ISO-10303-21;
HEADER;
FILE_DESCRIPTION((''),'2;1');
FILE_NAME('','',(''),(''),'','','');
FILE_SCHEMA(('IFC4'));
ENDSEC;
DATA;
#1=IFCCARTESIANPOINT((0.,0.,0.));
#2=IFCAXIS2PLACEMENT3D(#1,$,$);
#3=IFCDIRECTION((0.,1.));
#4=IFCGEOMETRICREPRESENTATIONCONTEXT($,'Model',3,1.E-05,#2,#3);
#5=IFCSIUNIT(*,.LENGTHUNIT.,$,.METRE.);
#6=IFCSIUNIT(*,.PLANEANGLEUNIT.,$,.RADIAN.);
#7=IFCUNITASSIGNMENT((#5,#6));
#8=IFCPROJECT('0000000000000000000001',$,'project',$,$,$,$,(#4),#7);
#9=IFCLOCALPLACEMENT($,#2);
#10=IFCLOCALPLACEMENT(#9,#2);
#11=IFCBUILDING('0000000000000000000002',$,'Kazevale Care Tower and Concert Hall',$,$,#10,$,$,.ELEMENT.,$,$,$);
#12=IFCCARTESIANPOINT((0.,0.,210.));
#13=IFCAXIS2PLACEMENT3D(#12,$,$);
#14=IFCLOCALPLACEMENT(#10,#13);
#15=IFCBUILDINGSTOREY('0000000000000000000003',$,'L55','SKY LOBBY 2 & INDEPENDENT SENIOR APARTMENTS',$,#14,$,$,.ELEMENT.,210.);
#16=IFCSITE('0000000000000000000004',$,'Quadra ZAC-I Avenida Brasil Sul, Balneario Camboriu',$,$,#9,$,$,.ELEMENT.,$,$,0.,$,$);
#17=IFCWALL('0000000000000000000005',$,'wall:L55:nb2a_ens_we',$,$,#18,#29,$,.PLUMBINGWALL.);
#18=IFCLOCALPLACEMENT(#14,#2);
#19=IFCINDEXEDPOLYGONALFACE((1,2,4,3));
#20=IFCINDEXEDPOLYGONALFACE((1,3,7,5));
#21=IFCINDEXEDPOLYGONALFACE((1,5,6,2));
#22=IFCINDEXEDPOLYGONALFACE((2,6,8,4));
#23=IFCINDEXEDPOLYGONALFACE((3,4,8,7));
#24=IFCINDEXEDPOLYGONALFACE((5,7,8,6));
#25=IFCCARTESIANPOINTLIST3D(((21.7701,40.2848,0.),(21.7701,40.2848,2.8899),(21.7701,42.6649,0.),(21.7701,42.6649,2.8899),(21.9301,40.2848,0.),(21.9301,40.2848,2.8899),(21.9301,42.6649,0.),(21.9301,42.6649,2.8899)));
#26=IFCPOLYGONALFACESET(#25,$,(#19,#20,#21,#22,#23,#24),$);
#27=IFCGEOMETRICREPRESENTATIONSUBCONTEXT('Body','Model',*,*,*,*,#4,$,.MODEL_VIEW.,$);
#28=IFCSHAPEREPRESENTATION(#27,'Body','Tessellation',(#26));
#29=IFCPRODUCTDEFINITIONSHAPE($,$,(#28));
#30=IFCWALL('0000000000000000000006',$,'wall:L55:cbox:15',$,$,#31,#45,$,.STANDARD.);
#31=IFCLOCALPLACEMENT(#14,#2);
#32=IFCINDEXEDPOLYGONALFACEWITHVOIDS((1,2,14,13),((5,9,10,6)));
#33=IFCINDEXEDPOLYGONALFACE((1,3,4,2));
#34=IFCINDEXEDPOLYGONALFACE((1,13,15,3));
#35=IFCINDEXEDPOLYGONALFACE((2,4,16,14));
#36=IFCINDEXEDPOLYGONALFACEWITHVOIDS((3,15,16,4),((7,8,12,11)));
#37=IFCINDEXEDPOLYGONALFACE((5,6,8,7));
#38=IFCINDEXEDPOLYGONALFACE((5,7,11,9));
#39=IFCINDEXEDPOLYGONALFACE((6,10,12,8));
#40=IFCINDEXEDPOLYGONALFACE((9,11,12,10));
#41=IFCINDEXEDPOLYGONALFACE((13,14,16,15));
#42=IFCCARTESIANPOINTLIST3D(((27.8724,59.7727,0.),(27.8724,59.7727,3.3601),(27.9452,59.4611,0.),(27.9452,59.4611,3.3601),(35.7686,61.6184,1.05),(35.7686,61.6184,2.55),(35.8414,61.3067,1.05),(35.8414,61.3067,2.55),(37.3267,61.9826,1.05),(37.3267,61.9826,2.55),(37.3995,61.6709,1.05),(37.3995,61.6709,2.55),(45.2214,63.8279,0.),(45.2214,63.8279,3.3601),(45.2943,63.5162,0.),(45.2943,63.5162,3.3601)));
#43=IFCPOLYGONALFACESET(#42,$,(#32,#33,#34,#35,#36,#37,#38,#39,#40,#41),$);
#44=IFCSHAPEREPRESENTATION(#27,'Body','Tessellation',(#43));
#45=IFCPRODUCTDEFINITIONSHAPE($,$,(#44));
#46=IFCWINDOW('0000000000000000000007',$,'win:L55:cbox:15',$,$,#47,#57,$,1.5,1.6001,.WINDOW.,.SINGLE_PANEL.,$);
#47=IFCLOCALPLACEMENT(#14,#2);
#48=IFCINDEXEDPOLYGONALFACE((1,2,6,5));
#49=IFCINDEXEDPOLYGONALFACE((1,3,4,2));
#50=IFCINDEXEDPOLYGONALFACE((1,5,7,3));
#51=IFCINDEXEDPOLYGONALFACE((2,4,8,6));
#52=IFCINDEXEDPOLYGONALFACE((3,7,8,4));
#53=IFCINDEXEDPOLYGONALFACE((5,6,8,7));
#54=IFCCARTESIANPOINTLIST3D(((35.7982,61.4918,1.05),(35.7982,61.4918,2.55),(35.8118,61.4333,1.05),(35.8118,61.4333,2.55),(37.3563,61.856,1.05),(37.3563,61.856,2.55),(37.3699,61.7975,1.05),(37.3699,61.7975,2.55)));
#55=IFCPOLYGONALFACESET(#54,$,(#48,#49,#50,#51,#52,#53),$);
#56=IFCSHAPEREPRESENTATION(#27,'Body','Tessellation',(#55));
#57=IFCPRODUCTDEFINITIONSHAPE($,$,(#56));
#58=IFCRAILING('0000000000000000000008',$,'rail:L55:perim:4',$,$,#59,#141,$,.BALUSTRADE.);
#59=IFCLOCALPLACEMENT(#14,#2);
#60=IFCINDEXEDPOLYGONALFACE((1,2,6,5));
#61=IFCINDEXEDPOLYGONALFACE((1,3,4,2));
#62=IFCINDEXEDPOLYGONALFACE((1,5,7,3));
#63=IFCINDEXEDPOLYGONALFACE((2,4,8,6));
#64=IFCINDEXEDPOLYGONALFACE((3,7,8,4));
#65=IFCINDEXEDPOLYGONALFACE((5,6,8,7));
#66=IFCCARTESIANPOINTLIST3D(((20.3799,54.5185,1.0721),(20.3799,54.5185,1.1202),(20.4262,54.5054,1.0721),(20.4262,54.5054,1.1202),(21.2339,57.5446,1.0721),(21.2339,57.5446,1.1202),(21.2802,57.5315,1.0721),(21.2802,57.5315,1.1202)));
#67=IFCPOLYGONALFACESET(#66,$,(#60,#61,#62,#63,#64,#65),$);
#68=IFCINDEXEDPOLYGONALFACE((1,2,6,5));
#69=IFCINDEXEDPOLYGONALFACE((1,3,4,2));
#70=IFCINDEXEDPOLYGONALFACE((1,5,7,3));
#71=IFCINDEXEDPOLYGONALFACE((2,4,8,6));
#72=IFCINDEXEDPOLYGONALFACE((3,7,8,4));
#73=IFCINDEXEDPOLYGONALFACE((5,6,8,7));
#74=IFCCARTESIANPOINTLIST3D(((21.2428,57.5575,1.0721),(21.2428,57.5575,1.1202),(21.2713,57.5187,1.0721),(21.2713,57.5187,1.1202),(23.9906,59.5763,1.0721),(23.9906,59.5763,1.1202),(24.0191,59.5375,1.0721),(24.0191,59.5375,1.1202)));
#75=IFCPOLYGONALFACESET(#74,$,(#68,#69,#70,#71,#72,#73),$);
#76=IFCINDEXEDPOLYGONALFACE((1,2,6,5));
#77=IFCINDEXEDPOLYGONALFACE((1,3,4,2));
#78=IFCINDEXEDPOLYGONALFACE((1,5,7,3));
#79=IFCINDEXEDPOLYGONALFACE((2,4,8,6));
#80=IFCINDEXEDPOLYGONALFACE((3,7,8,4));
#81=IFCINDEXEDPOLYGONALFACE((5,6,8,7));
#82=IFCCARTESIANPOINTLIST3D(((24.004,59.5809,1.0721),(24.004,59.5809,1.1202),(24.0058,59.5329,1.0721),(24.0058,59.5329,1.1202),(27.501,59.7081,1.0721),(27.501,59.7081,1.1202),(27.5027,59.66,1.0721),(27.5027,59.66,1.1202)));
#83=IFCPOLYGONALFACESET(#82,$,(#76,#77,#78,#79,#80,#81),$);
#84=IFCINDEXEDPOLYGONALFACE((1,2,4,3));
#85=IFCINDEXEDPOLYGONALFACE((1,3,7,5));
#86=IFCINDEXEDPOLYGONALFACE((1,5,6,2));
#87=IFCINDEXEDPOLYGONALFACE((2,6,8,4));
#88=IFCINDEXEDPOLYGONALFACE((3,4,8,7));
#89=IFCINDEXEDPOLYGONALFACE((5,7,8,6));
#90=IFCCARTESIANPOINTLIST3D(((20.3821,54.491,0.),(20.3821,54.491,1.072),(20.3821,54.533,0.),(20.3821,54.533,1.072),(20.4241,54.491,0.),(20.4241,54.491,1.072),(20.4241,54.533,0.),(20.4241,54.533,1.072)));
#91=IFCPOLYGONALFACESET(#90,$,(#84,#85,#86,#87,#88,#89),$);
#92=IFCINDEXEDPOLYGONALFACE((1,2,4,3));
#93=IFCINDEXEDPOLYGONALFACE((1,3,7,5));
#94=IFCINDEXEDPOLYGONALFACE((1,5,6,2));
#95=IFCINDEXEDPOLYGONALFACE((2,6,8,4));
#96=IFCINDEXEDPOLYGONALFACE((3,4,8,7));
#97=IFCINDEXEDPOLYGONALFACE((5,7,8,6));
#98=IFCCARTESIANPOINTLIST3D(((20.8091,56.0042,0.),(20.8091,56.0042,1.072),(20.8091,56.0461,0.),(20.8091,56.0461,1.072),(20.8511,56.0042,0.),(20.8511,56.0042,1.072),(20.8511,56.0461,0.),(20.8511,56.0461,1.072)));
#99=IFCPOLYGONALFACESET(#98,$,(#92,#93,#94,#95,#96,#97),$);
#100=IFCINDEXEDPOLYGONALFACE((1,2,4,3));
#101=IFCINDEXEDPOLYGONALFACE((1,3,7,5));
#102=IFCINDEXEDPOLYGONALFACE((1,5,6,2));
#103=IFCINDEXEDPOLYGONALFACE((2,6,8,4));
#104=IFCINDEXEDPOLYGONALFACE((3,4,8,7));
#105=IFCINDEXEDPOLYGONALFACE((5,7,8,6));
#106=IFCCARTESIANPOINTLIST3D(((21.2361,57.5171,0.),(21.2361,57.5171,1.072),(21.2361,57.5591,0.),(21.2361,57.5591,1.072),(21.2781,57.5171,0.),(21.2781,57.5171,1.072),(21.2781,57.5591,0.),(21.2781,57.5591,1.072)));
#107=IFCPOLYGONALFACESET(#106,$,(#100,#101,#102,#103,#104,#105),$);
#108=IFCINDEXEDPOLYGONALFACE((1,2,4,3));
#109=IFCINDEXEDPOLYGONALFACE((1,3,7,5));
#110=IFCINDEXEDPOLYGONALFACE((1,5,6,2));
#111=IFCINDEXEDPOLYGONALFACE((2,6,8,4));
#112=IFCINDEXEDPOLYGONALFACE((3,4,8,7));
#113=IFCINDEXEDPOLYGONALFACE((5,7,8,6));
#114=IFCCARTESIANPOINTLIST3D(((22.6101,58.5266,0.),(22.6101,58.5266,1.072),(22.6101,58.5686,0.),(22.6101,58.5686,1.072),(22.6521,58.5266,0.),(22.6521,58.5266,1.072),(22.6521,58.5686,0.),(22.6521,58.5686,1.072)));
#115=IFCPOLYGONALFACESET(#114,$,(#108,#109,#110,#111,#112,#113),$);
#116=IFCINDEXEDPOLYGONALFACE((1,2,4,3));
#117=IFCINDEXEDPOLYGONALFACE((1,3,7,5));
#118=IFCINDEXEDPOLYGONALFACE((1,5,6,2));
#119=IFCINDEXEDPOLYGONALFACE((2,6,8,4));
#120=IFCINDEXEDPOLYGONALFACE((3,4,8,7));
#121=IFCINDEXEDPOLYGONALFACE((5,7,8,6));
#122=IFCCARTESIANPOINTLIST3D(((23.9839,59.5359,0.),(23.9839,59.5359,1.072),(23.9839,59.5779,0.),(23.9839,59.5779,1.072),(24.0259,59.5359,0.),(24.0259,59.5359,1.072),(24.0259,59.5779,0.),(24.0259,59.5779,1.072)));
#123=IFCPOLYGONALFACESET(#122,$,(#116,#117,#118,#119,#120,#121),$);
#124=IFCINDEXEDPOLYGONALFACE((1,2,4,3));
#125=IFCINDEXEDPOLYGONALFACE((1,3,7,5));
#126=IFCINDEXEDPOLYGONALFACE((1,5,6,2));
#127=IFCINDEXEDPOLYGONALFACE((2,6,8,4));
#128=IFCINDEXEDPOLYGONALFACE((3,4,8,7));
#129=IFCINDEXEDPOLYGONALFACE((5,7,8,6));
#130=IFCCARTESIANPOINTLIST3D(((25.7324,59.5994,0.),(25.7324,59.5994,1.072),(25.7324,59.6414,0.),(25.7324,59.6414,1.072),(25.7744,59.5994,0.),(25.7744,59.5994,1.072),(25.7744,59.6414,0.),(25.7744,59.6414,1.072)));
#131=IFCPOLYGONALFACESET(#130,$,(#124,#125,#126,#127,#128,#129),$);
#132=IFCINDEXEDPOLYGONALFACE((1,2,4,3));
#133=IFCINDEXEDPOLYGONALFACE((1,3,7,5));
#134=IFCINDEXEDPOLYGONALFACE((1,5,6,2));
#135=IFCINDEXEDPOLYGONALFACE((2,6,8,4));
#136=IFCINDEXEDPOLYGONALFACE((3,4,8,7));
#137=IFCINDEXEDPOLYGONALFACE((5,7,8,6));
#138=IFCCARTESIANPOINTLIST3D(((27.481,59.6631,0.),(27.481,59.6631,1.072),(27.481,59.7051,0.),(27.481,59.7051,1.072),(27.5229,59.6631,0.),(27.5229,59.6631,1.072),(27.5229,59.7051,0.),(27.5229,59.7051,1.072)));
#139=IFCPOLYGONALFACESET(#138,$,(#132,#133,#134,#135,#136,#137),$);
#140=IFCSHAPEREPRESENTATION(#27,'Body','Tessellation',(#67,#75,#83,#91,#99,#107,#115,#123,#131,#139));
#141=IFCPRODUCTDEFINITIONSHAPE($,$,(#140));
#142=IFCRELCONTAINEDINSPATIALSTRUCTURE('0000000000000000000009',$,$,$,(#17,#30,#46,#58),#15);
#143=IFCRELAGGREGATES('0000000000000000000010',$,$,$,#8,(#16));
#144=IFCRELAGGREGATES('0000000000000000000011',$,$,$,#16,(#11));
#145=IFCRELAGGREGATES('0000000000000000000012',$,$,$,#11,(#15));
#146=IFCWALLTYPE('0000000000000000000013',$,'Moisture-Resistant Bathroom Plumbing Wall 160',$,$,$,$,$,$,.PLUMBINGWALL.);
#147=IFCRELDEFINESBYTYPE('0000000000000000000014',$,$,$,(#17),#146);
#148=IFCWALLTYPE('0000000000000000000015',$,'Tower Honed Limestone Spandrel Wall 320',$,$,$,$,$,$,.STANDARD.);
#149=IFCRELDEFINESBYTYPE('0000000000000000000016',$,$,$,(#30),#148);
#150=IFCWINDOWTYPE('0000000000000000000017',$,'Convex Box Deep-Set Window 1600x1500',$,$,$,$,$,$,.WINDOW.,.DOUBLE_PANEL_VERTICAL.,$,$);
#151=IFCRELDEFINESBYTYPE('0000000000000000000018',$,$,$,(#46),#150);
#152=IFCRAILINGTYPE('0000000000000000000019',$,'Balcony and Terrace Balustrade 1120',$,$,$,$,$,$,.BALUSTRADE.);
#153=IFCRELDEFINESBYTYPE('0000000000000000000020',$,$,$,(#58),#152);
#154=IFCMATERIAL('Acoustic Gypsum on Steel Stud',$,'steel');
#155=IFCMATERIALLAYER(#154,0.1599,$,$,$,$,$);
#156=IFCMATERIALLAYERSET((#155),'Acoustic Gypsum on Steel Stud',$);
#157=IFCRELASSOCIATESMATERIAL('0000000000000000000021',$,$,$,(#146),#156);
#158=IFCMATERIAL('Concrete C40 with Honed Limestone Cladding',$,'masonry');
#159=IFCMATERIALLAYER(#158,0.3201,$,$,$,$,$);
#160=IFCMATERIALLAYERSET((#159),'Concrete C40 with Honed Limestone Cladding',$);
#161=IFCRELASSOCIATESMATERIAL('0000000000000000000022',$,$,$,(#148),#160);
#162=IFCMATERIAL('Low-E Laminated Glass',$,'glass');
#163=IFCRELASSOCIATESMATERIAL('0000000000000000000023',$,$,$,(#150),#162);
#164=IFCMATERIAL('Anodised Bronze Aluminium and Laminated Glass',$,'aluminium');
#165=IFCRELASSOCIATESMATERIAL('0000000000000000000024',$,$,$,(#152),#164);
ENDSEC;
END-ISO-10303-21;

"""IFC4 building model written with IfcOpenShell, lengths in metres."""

from ifc_helpers import new_model, si_unit, direction, frame, frame_2d, origin, origin_2d, place, context, subcontext, project, spatial, rectangle, extrude, material, layer, layer_set, type_object, element, fill, save


model = new_model("IFC4")

# Units and contexts
model_context = context("Model", 3, precision=1e-05, world=origin(), true_north=direction((0.0, 1.0)))
body_context = subcontext(model_context, "Body", "Model", "MODEL_VIEW")
ifc_project = project(units=[si_unit("LENGTHUNIT", "METRE"), si_unit("PLANEANGLEUNIT", "RADIAN")], contexts=[model_context])

# Site, building, storey
site_placement = place(None, origin())
site = spatial("IfcSite", under=ifc_project, at=site_placement, Name="Quadra ZAC-I Avenida Brasil Sul, Balneario Camboriu", CompositionType="ELEMENT", RefElevation=0.0)
building_placement = place(site_placement, origin())
building = spatial("IfcBuilding", under=site, at=building_placement, Name="Kazevale Care Tower and Concert Hall", CompositionType="ELEMENT")
storey_placement = place(building_placement, frame((0.0, 0.0, 210.0)))
storey = spatial("IfcBuildingStorey", under=building, at=storey_placement, Name="L55", Description="SKY LOBBY 2 & INDEPENDENT SENIOR APARTMENTS", CompositionType="ELEMENT", Elevation=210.0)

# Shared definitions
ifc_material_1 = material(Name="Low-E Laminated Glass", Category="glass")

# Shared definitions
ifc_material_2 = material(Name="Acoustic Gypsum on Steel Stud", Category="steel")

# Wall
ifc_layer_1 = layer(ifc_material_2, 0.1599)
ifc_layer_set_1 = layer_set([ifc_layer_1], Name="Acoustic Gypsum on Steel Stud")
wall_type_1 = type_object("IfcWallType", Name="Moisture-Resistant Bathroom Plumbing Wall 160", PredefinedType="PLUMBINGWALL", material=ifc_layer_set_1)
wall_1_placement = place(storey_placement, frame((21.8501, 40.2849, 0.0), z_axis=(0.0, 0.0, 1.0), x_axis=(0.0, 1.0, 0.0)))
element("IfcWall", 1, at=wall_1_placement, inside=storey, type_object=wall_type_1, Name="wall:L55:nb2a_ens_we", PredefinedType="PLUMBINGWALL", context=body_context, shape_type="SweptSolid", body=[
    extrude(rectangle(XDim=2.3801, YDim=0.1599, at=frame_2d((1.1899, 0.0))), origin(), (0.0, 0.0, 1.0), 2.8899),
])

# Wall, opening, window
ifc_material_3 = material(Name="Concrete C40 with Honed Limestone Cladding", Category="masonry")
ifc_layer_2 = layer(ifc_material_3, 0.3201)
ifc_layer_set_2 = layer_set([ifc_layer_2], Name="Concrete C40 with Honed Limestone Cladding")
wall_type_2 = type_object("IfcWallType", Name="Tower Honed Limestone Spandrel Wall 320", PredefinedType="STANDARD", material=ifc_layer_set_2)
wall_2_placement = place(storey_placement, frame((27.9089, 59.6169, 0.0), z_axis=(0.0, 0.0, 1.0), x_axis=(0.973754, 0.227605, 0.0)))
wall_2 = element("IfcWall", 2, at=wall_2_placement, inside=storey, type_object=wall_type_2, Name="wall:L55:cbox:15", PredefinedType="STANDARD", context=body_context, shape_type="SweptSolid", body=[
    extrude(rectangle(XDim=17.8167, YDim=0.3201, at=frame_2d((8.9082, 0.0))), origin(), (0.0, 0.0, 1.0), 3.3601),
])
opening_1_placement = place(wall_2_placement, frame((8.1089, 0.0, 1.05)))
opening_1 = element("IfcOpeningElement", 3, at=opening_1_placement, cuts=wall_2, PredefinedType="OPENING", context=body_context, shape_type="SweptSolid", body=[
    extrude(rectangle(XDim=1.6001, YDim=1.5, at=frame_2d((0.8, 0.75))), frame((0.0, 0.1699, 0.0), z_axis=(0.0, -1.0, 0.0), x_axis=(1.0, 0.0, 0.0)), (0.0, 0.0, 1.0), 0.3401),
])
window_type = type_object("IfcWindowType", Name="Convex Box Deep-Set Window 1600x1500", PartitioningType="DOUBLE_PANEL_VERTICAL", PredefinedType="WINDOW", material=ifc_material_1)
window_placement = place(opening_1_placement, origin())
window = element("IfcWindow", 4, at=window_placement, inside=storey, type_object=window_type, Name="win:L55:cbox:15", OverallHeight=1.5, OverallWidth=1.6001, PartitioningType="SINGLE_PANEL", PredefinedType="WINDOW", context=body_context, shape_type="SweptSolid", body=[
    extrude(rectangle(XDim=1.6001, YDim=1.5, at=frame_2d((0.8, 0.75))), frame((0.0, 0.03, 0.0), z_axis=(0.0, -1.0, 0.0), x_axis=(1.0, 0.0, 0.0)), (0.0, 0.0, 1.0), 0.0601),
])
fill(opening_1, window)

# Railing
ifc_material_4 = material(Name="Anodised Bronze Aluminium and Laminated Glass", Category="aluminium")
railing_type = type_object("IfcRailingType", Name="Balcony and Terrace Balustrade 1120", PredefinedType="BALUSTRADE", material=ifc_material_4)
railing_1_placement = place(storey_placement, frame((20.4031, 54.512, 0.0)))
element("IfcRailing", 5, at=railing_1_placement, inside=storey, type_object=railing_type, Name="rail:L55:perim:4", PredefinedType="BALUSTRADE", context=body_context, shape_type="SweptSolid", body=[
    extrude(rectangle(XDim=0.0481, YDim=0.0481, at=origin_2d()), frame((0.0, 0.0, 1.0962), z_axis=(0.271602, 0.96241, 0.0), x_axis=(-0.96241, 0.271602, 0.0)), (0.0, 0.0, 1.0), 3.1443),
    extrude(rectangle(XDim=0.0481, YDim=0.0481, at=origin_2d()), frame((0.854, 3.0261, 1.0962), z_axis=(0.805881, 0.592077, 0.0), x_axis=(-0.592077, 0.805881, 0.0)), (0.0, 0.0, 1.0), 3.4097),
    extrude(rectangle(XDim=0.0481, YDim=0.0481, at=origin_2d()), frame((3.6018, 5.0449, 1.0962), z_axis=(0.999339, 0.036348, 0.0), x_axis=(-0.036348, 0.999339, 0.0)), (0.0, 0.0, 1.0), 3.4993),
    extrude(rectangle(XDim=0.042, YDim=0.042, at=origin_2d()), origin(), (0.0, 0.0, 1.0), 1.072),
    extrude(rectangle(XDim=0.042, YDim=0.042, at=origin_2d()), frame((0.427, 1.5132, 0.0)), (0.0, 0.0, 1.0), 1.072),
    extrude(rectangle(XDim=0.042, YDim=0.042, at=origin_2d()), frame((0.854, 3.0261, 0.0)), (0.0, 0.0, 1.0), 1.072),
    extrude(rectangle(XDim=0.042, YDim=0.042, at=origin_2d()), frame((2.228, 4.0356, 0.0)), (0.0, 0.0, 1.0), 1.072),
    extrude(rectangle(XDim=0.042, YDim=0.042, at=origin_2d()), frame((3.6018, 5.0449, 0.0)), (0.0, 0.0, 1.0), 1.072),
    extrude(rectangle(XDim=0.042, YDim=0.042, at=origin_2d()), frame((5.3503, 5.1084, 0.0)), (0.0, 0.0, 1.0), 1.072),
    extrude(rectangle(XDim=0.042, YDim=0.042, at=origin_2d()), frame((7.0989, 5.1721, 0.0)), (0.0, 0.0, 1.0), 1.072),
])

save(model, "model.ifc")
